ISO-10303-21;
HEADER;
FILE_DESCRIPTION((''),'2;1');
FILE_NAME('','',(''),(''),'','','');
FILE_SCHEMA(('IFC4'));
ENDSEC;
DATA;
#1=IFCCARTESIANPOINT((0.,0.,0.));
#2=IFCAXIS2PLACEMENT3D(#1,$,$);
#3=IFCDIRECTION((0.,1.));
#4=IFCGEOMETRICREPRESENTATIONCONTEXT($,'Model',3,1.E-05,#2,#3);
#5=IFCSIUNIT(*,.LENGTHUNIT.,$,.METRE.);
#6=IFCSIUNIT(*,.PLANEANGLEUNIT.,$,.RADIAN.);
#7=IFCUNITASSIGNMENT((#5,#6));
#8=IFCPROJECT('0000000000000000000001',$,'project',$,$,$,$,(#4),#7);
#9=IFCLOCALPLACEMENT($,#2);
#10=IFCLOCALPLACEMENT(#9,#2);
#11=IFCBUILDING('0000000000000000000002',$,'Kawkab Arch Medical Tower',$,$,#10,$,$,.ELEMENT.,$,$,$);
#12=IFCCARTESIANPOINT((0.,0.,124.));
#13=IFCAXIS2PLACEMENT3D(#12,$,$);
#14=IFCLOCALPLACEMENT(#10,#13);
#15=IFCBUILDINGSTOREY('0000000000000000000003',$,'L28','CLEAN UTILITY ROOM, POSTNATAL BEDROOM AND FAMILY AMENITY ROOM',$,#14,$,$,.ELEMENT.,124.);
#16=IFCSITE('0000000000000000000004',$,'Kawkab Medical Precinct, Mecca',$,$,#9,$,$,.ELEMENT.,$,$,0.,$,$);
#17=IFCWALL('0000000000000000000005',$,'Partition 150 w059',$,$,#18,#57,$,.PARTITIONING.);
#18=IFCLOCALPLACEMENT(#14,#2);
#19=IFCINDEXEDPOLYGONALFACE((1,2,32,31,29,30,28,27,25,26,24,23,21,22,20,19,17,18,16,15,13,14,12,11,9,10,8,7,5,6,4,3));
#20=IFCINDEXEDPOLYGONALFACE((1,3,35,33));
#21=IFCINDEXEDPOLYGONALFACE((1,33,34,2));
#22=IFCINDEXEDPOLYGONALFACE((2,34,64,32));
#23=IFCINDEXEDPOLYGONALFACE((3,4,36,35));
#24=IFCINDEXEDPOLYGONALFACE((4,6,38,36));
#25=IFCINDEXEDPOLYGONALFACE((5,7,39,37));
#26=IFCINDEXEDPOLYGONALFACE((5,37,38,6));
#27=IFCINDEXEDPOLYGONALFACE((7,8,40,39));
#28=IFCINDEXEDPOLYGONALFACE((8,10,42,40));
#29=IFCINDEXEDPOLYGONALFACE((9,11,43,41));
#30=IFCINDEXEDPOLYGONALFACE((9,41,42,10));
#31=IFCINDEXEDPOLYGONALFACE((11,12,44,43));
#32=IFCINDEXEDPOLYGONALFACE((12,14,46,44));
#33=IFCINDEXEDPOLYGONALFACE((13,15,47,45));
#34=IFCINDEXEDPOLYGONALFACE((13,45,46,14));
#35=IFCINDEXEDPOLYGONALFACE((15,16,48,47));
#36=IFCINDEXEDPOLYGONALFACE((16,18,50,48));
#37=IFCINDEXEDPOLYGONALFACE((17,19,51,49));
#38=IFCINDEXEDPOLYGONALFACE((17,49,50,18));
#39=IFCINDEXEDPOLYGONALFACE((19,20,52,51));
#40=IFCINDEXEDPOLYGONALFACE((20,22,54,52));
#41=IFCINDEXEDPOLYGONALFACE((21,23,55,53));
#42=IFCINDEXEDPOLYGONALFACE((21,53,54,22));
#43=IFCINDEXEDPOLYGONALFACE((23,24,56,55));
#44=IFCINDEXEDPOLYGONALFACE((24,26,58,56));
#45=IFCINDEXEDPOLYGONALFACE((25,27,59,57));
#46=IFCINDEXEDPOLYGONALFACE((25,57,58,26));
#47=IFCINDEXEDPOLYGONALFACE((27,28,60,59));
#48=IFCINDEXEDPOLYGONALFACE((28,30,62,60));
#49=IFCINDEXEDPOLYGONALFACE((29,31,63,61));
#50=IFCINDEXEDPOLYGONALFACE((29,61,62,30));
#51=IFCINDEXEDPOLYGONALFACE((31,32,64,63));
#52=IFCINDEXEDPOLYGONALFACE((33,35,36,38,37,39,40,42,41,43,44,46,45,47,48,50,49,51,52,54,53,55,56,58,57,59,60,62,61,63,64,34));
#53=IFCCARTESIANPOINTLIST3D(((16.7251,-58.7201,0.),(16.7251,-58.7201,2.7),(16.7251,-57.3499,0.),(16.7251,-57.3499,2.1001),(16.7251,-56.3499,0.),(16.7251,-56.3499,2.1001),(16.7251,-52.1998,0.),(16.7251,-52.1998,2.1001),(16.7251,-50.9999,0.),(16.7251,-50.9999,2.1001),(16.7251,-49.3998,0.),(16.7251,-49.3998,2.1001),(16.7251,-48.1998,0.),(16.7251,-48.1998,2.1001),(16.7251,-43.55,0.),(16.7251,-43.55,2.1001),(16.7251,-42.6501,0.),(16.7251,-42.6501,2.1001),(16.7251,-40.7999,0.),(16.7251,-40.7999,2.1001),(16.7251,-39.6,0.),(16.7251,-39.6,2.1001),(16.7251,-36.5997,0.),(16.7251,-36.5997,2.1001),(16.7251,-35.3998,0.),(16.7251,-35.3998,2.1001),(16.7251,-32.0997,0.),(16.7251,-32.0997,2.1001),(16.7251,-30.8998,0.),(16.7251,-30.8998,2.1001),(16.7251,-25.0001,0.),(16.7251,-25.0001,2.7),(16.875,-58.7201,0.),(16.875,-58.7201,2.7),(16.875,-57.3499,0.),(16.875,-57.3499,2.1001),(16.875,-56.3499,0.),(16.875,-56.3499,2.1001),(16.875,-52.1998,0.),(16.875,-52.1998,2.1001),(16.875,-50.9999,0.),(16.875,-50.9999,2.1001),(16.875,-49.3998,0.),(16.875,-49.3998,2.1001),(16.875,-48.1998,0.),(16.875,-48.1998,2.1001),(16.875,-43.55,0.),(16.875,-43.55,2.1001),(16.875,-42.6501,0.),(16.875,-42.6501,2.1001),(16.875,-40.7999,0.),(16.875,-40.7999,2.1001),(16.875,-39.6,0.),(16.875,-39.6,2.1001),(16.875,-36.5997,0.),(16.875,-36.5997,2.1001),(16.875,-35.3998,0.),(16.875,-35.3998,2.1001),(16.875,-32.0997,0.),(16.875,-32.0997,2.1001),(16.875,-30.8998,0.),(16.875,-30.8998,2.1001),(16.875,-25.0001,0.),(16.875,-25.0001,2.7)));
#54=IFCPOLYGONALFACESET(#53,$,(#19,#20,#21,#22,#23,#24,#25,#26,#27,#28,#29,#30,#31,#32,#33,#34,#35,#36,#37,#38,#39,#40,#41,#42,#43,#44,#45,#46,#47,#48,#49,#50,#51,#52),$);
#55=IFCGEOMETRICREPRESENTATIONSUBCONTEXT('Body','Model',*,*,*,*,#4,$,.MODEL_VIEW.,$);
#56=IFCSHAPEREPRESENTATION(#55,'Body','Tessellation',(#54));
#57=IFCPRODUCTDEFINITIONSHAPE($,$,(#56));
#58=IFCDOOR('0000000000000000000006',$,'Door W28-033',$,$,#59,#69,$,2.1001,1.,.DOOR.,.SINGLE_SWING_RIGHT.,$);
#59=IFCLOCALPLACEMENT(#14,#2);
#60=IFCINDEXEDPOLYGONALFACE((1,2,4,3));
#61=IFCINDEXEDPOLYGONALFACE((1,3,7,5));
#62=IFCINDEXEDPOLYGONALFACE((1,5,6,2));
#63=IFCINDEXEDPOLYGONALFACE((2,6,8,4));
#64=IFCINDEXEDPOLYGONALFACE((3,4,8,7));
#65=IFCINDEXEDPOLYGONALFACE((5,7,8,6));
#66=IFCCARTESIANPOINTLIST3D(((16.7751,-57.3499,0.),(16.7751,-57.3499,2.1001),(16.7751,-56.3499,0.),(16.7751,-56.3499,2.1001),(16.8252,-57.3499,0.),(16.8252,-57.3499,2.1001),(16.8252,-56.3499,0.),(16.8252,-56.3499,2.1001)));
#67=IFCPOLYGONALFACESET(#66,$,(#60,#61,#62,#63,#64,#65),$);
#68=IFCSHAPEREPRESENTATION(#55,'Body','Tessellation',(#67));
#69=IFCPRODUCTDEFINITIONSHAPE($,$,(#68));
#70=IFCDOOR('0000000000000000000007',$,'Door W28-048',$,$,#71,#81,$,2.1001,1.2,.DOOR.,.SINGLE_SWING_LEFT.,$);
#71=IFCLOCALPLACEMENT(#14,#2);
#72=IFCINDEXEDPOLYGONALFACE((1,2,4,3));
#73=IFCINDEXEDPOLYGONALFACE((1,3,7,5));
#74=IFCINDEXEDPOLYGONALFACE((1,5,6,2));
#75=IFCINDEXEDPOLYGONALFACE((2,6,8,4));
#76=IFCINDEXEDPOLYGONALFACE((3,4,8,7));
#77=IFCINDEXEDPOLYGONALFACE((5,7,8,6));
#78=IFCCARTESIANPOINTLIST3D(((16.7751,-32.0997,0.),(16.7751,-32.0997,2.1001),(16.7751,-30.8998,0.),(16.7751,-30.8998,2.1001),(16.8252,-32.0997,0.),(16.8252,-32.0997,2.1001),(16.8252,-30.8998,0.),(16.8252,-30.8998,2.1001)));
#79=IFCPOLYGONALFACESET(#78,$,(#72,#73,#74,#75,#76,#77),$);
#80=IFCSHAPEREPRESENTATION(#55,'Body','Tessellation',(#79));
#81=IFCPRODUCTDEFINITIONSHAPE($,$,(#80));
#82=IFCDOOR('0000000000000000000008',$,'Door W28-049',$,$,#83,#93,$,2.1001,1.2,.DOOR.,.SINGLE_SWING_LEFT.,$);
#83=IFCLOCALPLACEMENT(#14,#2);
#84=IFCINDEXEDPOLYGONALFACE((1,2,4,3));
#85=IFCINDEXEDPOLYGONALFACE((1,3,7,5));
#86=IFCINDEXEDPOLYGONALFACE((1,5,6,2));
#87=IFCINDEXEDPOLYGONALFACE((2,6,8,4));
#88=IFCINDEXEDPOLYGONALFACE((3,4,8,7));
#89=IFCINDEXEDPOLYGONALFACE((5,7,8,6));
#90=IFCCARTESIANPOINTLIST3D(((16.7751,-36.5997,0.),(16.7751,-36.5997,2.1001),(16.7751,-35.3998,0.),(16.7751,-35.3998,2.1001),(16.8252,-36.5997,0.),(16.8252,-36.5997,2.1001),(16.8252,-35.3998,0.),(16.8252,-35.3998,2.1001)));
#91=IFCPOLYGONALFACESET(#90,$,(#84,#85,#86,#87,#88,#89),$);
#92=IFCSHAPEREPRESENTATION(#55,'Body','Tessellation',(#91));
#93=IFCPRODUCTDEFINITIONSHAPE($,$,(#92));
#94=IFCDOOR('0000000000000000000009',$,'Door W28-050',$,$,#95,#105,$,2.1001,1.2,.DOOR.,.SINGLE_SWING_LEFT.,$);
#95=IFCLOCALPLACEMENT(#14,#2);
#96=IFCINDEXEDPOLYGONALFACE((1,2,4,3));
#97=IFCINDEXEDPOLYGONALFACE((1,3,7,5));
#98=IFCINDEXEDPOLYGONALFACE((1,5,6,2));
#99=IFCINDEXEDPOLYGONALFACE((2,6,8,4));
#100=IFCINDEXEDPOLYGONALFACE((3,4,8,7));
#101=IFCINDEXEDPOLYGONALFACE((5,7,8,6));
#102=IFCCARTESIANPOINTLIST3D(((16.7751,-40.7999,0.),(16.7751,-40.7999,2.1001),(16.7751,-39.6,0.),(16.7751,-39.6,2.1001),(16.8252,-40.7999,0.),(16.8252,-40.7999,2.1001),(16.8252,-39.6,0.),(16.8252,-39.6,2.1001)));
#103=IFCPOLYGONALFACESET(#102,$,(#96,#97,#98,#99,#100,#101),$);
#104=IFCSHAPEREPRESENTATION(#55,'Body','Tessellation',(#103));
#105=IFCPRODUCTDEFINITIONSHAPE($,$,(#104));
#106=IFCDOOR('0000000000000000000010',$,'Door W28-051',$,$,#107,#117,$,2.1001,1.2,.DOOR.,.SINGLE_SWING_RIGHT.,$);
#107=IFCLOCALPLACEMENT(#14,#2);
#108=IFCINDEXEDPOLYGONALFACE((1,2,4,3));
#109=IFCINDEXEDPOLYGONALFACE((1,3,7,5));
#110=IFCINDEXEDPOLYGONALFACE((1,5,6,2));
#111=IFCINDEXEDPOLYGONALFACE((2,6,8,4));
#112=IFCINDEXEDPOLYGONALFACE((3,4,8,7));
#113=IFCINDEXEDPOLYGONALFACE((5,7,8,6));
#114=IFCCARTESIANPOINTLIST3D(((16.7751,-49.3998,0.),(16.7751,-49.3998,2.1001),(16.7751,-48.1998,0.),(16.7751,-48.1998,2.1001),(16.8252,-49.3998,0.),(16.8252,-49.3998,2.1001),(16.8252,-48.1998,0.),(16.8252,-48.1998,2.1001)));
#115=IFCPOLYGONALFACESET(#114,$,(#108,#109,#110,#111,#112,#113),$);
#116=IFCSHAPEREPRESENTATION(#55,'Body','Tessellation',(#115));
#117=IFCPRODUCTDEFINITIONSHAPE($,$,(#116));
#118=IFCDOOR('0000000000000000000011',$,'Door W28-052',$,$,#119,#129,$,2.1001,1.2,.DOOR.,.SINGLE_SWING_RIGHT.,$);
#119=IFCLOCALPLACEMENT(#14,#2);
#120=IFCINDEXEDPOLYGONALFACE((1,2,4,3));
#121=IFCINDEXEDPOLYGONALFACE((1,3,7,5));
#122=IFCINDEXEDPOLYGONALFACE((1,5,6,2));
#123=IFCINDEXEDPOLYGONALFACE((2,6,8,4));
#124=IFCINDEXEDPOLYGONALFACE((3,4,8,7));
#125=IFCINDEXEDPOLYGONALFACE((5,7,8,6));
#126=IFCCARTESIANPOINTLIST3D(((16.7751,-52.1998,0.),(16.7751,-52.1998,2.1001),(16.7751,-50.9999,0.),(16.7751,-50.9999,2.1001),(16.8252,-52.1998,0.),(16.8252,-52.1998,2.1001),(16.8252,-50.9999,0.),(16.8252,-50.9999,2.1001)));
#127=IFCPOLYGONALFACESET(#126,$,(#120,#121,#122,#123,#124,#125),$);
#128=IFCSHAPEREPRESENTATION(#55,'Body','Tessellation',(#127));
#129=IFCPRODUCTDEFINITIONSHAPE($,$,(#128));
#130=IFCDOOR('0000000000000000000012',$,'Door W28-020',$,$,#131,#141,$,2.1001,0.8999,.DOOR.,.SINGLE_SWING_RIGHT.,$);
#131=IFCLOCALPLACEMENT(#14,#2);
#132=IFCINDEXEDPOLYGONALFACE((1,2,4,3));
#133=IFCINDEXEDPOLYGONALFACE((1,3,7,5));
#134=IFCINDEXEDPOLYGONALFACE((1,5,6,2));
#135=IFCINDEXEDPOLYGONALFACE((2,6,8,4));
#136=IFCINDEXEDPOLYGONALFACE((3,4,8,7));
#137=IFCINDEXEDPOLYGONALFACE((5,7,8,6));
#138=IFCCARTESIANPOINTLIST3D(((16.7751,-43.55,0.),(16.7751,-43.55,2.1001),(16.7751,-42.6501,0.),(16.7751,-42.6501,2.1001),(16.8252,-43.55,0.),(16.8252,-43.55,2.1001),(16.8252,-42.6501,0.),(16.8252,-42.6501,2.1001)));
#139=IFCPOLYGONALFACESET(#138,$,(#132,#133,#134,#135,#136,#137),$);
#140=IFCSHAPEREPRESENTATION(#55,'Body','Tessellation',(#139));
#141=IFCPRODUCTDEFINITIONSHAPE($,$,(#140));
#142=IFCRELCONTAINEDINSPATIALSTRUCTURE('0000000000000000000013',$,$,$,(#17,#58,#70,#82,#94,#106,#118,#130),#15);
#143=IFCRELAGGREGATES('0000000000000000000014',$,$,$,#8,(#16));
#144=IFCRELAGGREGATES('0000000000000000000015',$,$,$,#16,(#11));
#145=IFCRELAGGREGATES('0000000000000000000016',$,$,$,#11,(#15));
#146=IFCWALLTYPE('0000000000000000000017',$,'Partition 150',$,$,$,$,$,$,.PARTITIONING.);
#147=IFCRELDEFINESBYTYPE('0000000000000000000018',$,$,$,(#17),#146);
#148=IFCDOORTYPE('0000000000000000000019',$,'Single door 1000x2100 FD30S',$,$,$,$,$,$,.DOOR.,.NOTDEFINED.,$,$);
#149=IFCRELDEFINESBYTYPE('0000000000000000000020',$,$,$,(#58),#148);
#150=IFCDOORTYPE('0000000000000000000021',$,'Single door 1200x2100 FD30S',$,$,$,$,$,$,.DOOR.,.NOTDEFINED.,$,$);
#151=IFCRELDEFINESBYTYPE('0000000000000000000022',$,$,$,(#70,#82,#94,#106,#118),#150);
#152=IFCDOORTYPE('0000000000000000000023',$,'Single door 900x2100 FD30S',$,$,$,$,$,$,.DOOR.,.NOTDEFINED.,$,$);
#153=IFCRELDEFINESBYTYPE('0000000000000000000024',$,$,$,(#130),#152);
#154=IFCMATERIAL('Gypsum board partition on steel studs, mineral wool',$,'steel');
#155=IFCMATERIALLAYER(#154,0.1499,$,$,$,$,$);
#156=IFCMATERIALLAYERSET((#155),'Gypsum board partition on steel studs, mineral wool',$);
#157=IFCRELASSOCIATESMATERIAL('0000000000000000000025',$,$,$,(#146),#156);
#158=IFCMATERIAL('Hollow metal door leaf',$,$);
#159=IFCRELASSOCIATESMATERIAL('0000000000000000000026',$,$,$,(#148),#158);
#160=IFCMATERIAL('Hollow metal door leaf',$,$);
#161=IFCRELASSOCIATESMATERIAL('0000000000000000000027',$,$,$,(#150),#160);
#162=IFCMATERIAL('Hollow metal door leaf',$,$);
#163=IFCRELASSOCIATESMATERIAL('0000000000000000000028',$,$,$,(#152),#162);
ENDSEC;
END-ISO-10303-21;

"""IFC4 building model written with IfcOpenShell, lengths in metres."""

from ifc_helpers import new_model, si_unit, direction, frame, frame_2d, origin, place, context, subcontext, project, spatial, rectangle, extrude, material, layer, layer_set, type_object, element, fill, save


model = new_model("IFC4")

# Units and contexts
model_context = context("Model", 3, precision=1e-05, world=origin(), true_north=direction((0.0, 1.0)))
body_context = subcontext(model_context, "Body", "Model", "MODEL_VIEW")
ifc_project = project(units=[si_unit("LENGTHUNIT", "METRE"), si_unit("PLANEANGLEUNIT", "RADIAN")], contexts=[model_context])

# Site, building, storey
site_placement = place(None, origin())
site = spatial("IfcSite", under=ifc_project, at=site_placement, Name="Kawkab Medical Precinct, Mecca", CompositionType="ELEMENT", RefElevation=0.0)
building_placement = place(site_placement, origin())
building = spatial("IfcBuilding", under=site, at=building_placement, Name="Kawkab Arch Medical Tower", CompositionType="ELEMENT")
storey_placement = place(building_placement, frame((0.0, 0.0, 124.0)))
storey = spatial("IfcBuildingStorey", under=building, at=storey_placement, Name="L28", Description="CLEAN UTILITY ROOM, POSTNATAL BEDROOM AND FAMILY AMENITY ROOM", CompositionType="ELEMENT", Elevation=124.0)

# Wall, openings, doors
ifc_material_1 = material(Name="Gypsum board partition on steel studs, mineral wool", Category="steel")
ifc_layer_1 = layer(ifc_material_1, 0.1499)
ifc_layer_set_1 = layer_set([ifc_layer_1], Name="Gypsum board partition on steel studs, mineral wool")
wall_type = type_object("IfcWallType", Name="Partition 150", PredefinedType="PARTITIONING", material=ifc_layer_set_1)
wall_placement = place(storey_placement, frame((16.8, -58.72, 0.0), z_axis=(0.0, 0.0, 1.0), x_axis=(0.0, 1.0, 0.0)))
wall = element("IfcWall", 1, at=wall_placement, inside=storey, type_object=wall_type, Name="Partition 150 w059", PredefinedType="PARTITIONING", context=body_context, shape_type="SweptSolid", body=[
    extrude(rectangle(XDim=33.72, YDim=0.1499, at=frame_2d((16.8599, 0.0))), origin(), (0.0, 0.0, 1.0), 2.7),
])
opening_1_placement = place(wall_placement, frame((26.6201, 0.0, 0.0)))
opening_1 = element("IfcOpeningElement", 2, at=opening_1_placement, cuts=wall, PredefinedType="OPENING", context=body_context, shape_type="SweptSolid", body=[
    extrude(rectangle(XDim=1.2, YDim=2.1001, at=frame_2d((0.6001, 1.05))), frame((0.0, 0.085, 0.0), z_axis=(0.0, -1.0, 0.0), x_axis=(1.0, 0.0, 0.0)), (0.0, 0.0, 1.0), 0.1699),
])
opening_2_placement = place(wall_placement, frame((22.1201, 0.0, 0.0)))
opening_2 = element("IfcOpeningElement", 3, at=opening_2_placement, cuts=wall, PredefinedType="OPENING", context=body_context, shape_type="SweptSolid", body=[
    extrude(rectangle(XDim=1.2, YDim=2.1001, at=frame_2d((0.6001, 1.05))), frame((0.0, 0.085, 0.0), z_axis=(0.0, -1.0, 0.0), x_axis=(1.0, 0.0, 0.0)), (0.0, 0.0, 1.0), 0.1699),
])
opening_3_placement = place(wall_placement, frame((17.9199, 0.0, 0.0)))
opening_3 = element("IfcOpeningElement", 4, at=opening_3_placement, cuts=wall, PredefinedType="OPENING", context=body_context, shape_type="SweptSolid", body=[
    extrude(rectangle(XDim=1.2, YDim=2.1001, at=frame_2d((0.6001, 1.05))), frame((0.0, 0.085, 0.0), z_axis=(0.0, -1.0, 0.0), x_axis=(1.0, 0.0, 0.0)), (0.0, 0.0, 1.0), 0.1699),
])
opening_4_placement = place(wall_placement, frame((15.1699, 0.0, 0.0)))
opening_4 = element("IfcOpeningElement", 5, at=opening_4_placement, cuts=wall, PredefinedType="OPENING", context=body_context, shape_type="SweptSolid", body=[
    extrude(rectangle(XDim=0.8999, YDim=2.1001, at=frame_2d((0.45, 1.05))), frame((0.0, 0.085, 0.0), z_axis=(0.0, -1.0, 0.0), x_axis=(1.0, 0.0, 0.0)), (0.0, 0.0, 1.0), 0.1699),
])
opening_5_placement = place(wall_placement, frame((9.3201, 0.0, 0.0)))
opening_5 = element("IfcOpeningElement", 6, at=opening_5_placement, cuts=wall, PredefinedType="OPENING", context=body_context, shape_type="SweptSolid", body=[
    extrude(rectangle(XDim=1.2, YDim=2.1001, at=frame_2d((0.6001, 1.05))), frame((0.0, 0.085, 0.0), z_axis=(0.0, -1.0, 0.0), x_axis=(1.0, 0.0, 0.0)), (0.0, 0.0, 1.0), 0.1699),
])
opening_6_placement = place(wall_placement, frame((6.52, 0.0, 0.0)))
opening_6 = element("IfcOpeningElement", 7, at=opening_6_placement, cuts=wall, PredefinedType="OPENING", context=body_context, shape_type="SweptSolid", body=[
    extrude(rectangle(XDim=1.2, YDim=2.1001, at=frame_2d((0.6001, 1.05))), frame((0.0, 0.085, 0.0), z_axis=(0.0, -1.0, 0.0), x_axis=(1.0, 0.0, 0.0)), (0.0, 0.0, 1.0), 0.1699),
])
opening_7_placement = place(wall_placement, frame((1.3701, 0.0, 0.0)))
opening_7 = element("IfcOpeningElement", 8, at=opening_7_placement, cuts=wall, PredefinedType="OPENING", context=body_context, shape_type="SweptSolid", body=[
    extrude(rectangle(XDim=1.0, YDim=2.1001, at=frame_2d((0.5, 1.05))), frame((0.0, 0.085, 0.0), z_axis=(0.0, -1.0, 0.0), x_axis=(1.0, 0.0, 0.0)), (0.0, 0.0, 1.0), 0.1699),
])
ifc_material_2 = material(Name="Hollow metal door leaf")
door_type_1 = type_object("IfcDoorType", Name="Single door 1000x2100 FD30S", OperationType="NOTDEFINED", PredefinedType="DOOR", material=ifc_material_2)
door_1_placement = place(opening_7_placement, origin())
door_1 = element("IfcDoor", 9, at=door_1_placement, inside=storey, type_object=door_type_1, Name="Door W28-033", OperationType="SINGLE_SWING_RIGHT", OverallHeight=2.1001, OverallWidth=1.0, PredefinedType="DOOR", context=body_context, shape_type="SweptSolid", body=[
    extrude(rectangle(XDim=1.0, YDim=2.1001, at=frame_2d((0.5, 1.05))), frame((0.0, 0.0249, 0.0), z_axis=(0.0, -1.0, 0.0), x_axis=(1.0, 0.0, 0.0)), (0.0, 0.0, 1.0), 0.05),
])
fill(opening_7, door_1)
ifc_material_3 = material(Name="Hollow metal door leaf")
door_type_2 = type_object("IfcDoorType", Name="Single door 1200x2100 FD30S", OperationType="NOTDEFINED", PredefinedType="DOOR", material=ifc_material_3)
door_2_placement = place(opening_1_placement, origin())
door_2 = element("IfcDoor", 10, at=door_2_placement, inside=storey, type_object=door_type_2, Name="Door W28-048", OperationType="SINGLE_SWING_LEFT", OverallHeight=2.1001, OverallWidth=1.2, PredefinedType="DOOR", context=body_context, shape_type="SweptSolid", body=[
    extrude(rectangle(XDim=1.2, YDim=2.1001, at=frame_2d((0.6001, 1.05))), frame((0.0, 0.0249, 0.0), z_axis=(0.0, -1.0, 0.0), x_axis=(1.0, 0.0, 0.0)), (0.0, 0.0, 1.0), 0.05),
])
fill(opening_1, door_2)
door_3_placement = place(opening_2_placement, origin())
door_3 = element("IfcDoor", 11, at=door_3_placement, inside=storey, type_object=door_type_2, Name="Door W28-049", OperationType="SINGLE_SWING_LEFT", OverallHeight=2.1001, OverallWidth=1.2, PredefinedType="DOOR", context=body_context, shape_type="SweptSolid", body=[
    extrude(rectangle(XDim=1.2, YDim=2.1001, at=frame_2d((0.6001, 1.05))), frame((0.0, 0.0249, 0.0), z_axis=(0.0, -1.0, 0.0), x_axis=(1.0, 0.0, 0.0)), (0.0, 0.0, 1.0), 0.05),
])
fill(opening_2, door_3)
door_4_placement = place(opening_3_placement, origin())
door_4 = element("IfcDoor", 12, at=door_4_placement, inside=storey, type_object=door_type_2, Name="Door W28-050", OperationType="SINGLE_SWING_LEFT", OverallHeight=2.1001, OverallWidth=1.2, PredefinedType="DOOR", context=body_context, shape_type="SweptSolid", body=[
    extrude(rectangle(XDim=1.2, YDim=2.1001, at=frame_2d((0.6001, 1.05))), frame((0.0, 0.0249, 0.0), z_axis=(0.0, -1.0, 0.0), x_axis=(1.0, 0.0, 0.0)), (0.0, 0.0, 1.0), 0.05),
])
fill(opening_3, door_4)
door_5_placement = place(opening_5_placement, origin())
door_5 = element("IfcDoor", 13, at=door_5_placement, inside=storey, type_object=door_type_2, Name="Door W28-051", OperationType="SINGLE_SWING_RIGHT", OverallHeight=2.1001, OverallWidth=1.2, PredefinedType="DOOR", context=body_context, shape_type="SweptSolid", body=[
    extrude(rectangle(XDim=1.2, YDim=2.1001, at=frame_2d((0.6001, 1.05))), frame((0.0, 0.0249, 0.0), z_axis=(0.0, -1.0, 0.0), x_axis=(1.0, 0.0, 0.0)), (0.0, 0.0, 1.0), 0.05),
])
fill(opening_5, door_5)
door_6_placement = place(opening_6_placement, origin())
door_6 = element("IfcDoor", 14, at=door_6_placement, inside=storey, type_object=door_type_2, Name="Door W28-052", OperationType="SINGLE_SWING_RIGHT", OverallHeight=2.1001, OverallWidth=1.2, PredefinedType="DOOR", context=body_context, shape_type="SweptSolid", body=[
    extrude(rectangle(XDim=1.2, YDim=2.1001, at=frame_2d((0.6001, 1.05))), frame((0.0, 0.0249, 0.0), z_axis=(0.0, -1.0, 0.0), x_axis=(1.0, 0.0, 0.0)), (0.0, 0.0, 1.0), 0.05),
])
fill(opening_6, door_6)
ifc_material_4 = material(Name="Hollow metal door leaf")
door_type_3 = type_object("IfcDoorType", Name="Single door 900x2100 FD30S", OperationType="NOTDEFINED", PredefinedType="DOOR", material=ifc_material_4)
door_7_placement = place(opening_4_placement, origin())
door_7 = element("IfcDoor", 15, at=door_7_placement, inside=storey, type_object=door_type_3, Name="Door W28-020", OperationType="SINGLE_SWING_RIGHT", OverallHeight=2.1001, OverallWidth=0.8999, PredefinedType="DOOR", context=body_context, shape_type="SweptSolid", body=[
    extrude(rectangle(XDim=0.8999, YDim=2.1001, at=frame_2d((0.45, 1.05))), frame((0.0, 0.0249, 0.0), z_axis=(0.0, -1.0, 0.0), x_axis=(1.0, 0.0, 0.0)), (0.0, 0.0, 1.0), 0.05),
])
fill(opening_4, door_7)

save(model, "model.ifc")
